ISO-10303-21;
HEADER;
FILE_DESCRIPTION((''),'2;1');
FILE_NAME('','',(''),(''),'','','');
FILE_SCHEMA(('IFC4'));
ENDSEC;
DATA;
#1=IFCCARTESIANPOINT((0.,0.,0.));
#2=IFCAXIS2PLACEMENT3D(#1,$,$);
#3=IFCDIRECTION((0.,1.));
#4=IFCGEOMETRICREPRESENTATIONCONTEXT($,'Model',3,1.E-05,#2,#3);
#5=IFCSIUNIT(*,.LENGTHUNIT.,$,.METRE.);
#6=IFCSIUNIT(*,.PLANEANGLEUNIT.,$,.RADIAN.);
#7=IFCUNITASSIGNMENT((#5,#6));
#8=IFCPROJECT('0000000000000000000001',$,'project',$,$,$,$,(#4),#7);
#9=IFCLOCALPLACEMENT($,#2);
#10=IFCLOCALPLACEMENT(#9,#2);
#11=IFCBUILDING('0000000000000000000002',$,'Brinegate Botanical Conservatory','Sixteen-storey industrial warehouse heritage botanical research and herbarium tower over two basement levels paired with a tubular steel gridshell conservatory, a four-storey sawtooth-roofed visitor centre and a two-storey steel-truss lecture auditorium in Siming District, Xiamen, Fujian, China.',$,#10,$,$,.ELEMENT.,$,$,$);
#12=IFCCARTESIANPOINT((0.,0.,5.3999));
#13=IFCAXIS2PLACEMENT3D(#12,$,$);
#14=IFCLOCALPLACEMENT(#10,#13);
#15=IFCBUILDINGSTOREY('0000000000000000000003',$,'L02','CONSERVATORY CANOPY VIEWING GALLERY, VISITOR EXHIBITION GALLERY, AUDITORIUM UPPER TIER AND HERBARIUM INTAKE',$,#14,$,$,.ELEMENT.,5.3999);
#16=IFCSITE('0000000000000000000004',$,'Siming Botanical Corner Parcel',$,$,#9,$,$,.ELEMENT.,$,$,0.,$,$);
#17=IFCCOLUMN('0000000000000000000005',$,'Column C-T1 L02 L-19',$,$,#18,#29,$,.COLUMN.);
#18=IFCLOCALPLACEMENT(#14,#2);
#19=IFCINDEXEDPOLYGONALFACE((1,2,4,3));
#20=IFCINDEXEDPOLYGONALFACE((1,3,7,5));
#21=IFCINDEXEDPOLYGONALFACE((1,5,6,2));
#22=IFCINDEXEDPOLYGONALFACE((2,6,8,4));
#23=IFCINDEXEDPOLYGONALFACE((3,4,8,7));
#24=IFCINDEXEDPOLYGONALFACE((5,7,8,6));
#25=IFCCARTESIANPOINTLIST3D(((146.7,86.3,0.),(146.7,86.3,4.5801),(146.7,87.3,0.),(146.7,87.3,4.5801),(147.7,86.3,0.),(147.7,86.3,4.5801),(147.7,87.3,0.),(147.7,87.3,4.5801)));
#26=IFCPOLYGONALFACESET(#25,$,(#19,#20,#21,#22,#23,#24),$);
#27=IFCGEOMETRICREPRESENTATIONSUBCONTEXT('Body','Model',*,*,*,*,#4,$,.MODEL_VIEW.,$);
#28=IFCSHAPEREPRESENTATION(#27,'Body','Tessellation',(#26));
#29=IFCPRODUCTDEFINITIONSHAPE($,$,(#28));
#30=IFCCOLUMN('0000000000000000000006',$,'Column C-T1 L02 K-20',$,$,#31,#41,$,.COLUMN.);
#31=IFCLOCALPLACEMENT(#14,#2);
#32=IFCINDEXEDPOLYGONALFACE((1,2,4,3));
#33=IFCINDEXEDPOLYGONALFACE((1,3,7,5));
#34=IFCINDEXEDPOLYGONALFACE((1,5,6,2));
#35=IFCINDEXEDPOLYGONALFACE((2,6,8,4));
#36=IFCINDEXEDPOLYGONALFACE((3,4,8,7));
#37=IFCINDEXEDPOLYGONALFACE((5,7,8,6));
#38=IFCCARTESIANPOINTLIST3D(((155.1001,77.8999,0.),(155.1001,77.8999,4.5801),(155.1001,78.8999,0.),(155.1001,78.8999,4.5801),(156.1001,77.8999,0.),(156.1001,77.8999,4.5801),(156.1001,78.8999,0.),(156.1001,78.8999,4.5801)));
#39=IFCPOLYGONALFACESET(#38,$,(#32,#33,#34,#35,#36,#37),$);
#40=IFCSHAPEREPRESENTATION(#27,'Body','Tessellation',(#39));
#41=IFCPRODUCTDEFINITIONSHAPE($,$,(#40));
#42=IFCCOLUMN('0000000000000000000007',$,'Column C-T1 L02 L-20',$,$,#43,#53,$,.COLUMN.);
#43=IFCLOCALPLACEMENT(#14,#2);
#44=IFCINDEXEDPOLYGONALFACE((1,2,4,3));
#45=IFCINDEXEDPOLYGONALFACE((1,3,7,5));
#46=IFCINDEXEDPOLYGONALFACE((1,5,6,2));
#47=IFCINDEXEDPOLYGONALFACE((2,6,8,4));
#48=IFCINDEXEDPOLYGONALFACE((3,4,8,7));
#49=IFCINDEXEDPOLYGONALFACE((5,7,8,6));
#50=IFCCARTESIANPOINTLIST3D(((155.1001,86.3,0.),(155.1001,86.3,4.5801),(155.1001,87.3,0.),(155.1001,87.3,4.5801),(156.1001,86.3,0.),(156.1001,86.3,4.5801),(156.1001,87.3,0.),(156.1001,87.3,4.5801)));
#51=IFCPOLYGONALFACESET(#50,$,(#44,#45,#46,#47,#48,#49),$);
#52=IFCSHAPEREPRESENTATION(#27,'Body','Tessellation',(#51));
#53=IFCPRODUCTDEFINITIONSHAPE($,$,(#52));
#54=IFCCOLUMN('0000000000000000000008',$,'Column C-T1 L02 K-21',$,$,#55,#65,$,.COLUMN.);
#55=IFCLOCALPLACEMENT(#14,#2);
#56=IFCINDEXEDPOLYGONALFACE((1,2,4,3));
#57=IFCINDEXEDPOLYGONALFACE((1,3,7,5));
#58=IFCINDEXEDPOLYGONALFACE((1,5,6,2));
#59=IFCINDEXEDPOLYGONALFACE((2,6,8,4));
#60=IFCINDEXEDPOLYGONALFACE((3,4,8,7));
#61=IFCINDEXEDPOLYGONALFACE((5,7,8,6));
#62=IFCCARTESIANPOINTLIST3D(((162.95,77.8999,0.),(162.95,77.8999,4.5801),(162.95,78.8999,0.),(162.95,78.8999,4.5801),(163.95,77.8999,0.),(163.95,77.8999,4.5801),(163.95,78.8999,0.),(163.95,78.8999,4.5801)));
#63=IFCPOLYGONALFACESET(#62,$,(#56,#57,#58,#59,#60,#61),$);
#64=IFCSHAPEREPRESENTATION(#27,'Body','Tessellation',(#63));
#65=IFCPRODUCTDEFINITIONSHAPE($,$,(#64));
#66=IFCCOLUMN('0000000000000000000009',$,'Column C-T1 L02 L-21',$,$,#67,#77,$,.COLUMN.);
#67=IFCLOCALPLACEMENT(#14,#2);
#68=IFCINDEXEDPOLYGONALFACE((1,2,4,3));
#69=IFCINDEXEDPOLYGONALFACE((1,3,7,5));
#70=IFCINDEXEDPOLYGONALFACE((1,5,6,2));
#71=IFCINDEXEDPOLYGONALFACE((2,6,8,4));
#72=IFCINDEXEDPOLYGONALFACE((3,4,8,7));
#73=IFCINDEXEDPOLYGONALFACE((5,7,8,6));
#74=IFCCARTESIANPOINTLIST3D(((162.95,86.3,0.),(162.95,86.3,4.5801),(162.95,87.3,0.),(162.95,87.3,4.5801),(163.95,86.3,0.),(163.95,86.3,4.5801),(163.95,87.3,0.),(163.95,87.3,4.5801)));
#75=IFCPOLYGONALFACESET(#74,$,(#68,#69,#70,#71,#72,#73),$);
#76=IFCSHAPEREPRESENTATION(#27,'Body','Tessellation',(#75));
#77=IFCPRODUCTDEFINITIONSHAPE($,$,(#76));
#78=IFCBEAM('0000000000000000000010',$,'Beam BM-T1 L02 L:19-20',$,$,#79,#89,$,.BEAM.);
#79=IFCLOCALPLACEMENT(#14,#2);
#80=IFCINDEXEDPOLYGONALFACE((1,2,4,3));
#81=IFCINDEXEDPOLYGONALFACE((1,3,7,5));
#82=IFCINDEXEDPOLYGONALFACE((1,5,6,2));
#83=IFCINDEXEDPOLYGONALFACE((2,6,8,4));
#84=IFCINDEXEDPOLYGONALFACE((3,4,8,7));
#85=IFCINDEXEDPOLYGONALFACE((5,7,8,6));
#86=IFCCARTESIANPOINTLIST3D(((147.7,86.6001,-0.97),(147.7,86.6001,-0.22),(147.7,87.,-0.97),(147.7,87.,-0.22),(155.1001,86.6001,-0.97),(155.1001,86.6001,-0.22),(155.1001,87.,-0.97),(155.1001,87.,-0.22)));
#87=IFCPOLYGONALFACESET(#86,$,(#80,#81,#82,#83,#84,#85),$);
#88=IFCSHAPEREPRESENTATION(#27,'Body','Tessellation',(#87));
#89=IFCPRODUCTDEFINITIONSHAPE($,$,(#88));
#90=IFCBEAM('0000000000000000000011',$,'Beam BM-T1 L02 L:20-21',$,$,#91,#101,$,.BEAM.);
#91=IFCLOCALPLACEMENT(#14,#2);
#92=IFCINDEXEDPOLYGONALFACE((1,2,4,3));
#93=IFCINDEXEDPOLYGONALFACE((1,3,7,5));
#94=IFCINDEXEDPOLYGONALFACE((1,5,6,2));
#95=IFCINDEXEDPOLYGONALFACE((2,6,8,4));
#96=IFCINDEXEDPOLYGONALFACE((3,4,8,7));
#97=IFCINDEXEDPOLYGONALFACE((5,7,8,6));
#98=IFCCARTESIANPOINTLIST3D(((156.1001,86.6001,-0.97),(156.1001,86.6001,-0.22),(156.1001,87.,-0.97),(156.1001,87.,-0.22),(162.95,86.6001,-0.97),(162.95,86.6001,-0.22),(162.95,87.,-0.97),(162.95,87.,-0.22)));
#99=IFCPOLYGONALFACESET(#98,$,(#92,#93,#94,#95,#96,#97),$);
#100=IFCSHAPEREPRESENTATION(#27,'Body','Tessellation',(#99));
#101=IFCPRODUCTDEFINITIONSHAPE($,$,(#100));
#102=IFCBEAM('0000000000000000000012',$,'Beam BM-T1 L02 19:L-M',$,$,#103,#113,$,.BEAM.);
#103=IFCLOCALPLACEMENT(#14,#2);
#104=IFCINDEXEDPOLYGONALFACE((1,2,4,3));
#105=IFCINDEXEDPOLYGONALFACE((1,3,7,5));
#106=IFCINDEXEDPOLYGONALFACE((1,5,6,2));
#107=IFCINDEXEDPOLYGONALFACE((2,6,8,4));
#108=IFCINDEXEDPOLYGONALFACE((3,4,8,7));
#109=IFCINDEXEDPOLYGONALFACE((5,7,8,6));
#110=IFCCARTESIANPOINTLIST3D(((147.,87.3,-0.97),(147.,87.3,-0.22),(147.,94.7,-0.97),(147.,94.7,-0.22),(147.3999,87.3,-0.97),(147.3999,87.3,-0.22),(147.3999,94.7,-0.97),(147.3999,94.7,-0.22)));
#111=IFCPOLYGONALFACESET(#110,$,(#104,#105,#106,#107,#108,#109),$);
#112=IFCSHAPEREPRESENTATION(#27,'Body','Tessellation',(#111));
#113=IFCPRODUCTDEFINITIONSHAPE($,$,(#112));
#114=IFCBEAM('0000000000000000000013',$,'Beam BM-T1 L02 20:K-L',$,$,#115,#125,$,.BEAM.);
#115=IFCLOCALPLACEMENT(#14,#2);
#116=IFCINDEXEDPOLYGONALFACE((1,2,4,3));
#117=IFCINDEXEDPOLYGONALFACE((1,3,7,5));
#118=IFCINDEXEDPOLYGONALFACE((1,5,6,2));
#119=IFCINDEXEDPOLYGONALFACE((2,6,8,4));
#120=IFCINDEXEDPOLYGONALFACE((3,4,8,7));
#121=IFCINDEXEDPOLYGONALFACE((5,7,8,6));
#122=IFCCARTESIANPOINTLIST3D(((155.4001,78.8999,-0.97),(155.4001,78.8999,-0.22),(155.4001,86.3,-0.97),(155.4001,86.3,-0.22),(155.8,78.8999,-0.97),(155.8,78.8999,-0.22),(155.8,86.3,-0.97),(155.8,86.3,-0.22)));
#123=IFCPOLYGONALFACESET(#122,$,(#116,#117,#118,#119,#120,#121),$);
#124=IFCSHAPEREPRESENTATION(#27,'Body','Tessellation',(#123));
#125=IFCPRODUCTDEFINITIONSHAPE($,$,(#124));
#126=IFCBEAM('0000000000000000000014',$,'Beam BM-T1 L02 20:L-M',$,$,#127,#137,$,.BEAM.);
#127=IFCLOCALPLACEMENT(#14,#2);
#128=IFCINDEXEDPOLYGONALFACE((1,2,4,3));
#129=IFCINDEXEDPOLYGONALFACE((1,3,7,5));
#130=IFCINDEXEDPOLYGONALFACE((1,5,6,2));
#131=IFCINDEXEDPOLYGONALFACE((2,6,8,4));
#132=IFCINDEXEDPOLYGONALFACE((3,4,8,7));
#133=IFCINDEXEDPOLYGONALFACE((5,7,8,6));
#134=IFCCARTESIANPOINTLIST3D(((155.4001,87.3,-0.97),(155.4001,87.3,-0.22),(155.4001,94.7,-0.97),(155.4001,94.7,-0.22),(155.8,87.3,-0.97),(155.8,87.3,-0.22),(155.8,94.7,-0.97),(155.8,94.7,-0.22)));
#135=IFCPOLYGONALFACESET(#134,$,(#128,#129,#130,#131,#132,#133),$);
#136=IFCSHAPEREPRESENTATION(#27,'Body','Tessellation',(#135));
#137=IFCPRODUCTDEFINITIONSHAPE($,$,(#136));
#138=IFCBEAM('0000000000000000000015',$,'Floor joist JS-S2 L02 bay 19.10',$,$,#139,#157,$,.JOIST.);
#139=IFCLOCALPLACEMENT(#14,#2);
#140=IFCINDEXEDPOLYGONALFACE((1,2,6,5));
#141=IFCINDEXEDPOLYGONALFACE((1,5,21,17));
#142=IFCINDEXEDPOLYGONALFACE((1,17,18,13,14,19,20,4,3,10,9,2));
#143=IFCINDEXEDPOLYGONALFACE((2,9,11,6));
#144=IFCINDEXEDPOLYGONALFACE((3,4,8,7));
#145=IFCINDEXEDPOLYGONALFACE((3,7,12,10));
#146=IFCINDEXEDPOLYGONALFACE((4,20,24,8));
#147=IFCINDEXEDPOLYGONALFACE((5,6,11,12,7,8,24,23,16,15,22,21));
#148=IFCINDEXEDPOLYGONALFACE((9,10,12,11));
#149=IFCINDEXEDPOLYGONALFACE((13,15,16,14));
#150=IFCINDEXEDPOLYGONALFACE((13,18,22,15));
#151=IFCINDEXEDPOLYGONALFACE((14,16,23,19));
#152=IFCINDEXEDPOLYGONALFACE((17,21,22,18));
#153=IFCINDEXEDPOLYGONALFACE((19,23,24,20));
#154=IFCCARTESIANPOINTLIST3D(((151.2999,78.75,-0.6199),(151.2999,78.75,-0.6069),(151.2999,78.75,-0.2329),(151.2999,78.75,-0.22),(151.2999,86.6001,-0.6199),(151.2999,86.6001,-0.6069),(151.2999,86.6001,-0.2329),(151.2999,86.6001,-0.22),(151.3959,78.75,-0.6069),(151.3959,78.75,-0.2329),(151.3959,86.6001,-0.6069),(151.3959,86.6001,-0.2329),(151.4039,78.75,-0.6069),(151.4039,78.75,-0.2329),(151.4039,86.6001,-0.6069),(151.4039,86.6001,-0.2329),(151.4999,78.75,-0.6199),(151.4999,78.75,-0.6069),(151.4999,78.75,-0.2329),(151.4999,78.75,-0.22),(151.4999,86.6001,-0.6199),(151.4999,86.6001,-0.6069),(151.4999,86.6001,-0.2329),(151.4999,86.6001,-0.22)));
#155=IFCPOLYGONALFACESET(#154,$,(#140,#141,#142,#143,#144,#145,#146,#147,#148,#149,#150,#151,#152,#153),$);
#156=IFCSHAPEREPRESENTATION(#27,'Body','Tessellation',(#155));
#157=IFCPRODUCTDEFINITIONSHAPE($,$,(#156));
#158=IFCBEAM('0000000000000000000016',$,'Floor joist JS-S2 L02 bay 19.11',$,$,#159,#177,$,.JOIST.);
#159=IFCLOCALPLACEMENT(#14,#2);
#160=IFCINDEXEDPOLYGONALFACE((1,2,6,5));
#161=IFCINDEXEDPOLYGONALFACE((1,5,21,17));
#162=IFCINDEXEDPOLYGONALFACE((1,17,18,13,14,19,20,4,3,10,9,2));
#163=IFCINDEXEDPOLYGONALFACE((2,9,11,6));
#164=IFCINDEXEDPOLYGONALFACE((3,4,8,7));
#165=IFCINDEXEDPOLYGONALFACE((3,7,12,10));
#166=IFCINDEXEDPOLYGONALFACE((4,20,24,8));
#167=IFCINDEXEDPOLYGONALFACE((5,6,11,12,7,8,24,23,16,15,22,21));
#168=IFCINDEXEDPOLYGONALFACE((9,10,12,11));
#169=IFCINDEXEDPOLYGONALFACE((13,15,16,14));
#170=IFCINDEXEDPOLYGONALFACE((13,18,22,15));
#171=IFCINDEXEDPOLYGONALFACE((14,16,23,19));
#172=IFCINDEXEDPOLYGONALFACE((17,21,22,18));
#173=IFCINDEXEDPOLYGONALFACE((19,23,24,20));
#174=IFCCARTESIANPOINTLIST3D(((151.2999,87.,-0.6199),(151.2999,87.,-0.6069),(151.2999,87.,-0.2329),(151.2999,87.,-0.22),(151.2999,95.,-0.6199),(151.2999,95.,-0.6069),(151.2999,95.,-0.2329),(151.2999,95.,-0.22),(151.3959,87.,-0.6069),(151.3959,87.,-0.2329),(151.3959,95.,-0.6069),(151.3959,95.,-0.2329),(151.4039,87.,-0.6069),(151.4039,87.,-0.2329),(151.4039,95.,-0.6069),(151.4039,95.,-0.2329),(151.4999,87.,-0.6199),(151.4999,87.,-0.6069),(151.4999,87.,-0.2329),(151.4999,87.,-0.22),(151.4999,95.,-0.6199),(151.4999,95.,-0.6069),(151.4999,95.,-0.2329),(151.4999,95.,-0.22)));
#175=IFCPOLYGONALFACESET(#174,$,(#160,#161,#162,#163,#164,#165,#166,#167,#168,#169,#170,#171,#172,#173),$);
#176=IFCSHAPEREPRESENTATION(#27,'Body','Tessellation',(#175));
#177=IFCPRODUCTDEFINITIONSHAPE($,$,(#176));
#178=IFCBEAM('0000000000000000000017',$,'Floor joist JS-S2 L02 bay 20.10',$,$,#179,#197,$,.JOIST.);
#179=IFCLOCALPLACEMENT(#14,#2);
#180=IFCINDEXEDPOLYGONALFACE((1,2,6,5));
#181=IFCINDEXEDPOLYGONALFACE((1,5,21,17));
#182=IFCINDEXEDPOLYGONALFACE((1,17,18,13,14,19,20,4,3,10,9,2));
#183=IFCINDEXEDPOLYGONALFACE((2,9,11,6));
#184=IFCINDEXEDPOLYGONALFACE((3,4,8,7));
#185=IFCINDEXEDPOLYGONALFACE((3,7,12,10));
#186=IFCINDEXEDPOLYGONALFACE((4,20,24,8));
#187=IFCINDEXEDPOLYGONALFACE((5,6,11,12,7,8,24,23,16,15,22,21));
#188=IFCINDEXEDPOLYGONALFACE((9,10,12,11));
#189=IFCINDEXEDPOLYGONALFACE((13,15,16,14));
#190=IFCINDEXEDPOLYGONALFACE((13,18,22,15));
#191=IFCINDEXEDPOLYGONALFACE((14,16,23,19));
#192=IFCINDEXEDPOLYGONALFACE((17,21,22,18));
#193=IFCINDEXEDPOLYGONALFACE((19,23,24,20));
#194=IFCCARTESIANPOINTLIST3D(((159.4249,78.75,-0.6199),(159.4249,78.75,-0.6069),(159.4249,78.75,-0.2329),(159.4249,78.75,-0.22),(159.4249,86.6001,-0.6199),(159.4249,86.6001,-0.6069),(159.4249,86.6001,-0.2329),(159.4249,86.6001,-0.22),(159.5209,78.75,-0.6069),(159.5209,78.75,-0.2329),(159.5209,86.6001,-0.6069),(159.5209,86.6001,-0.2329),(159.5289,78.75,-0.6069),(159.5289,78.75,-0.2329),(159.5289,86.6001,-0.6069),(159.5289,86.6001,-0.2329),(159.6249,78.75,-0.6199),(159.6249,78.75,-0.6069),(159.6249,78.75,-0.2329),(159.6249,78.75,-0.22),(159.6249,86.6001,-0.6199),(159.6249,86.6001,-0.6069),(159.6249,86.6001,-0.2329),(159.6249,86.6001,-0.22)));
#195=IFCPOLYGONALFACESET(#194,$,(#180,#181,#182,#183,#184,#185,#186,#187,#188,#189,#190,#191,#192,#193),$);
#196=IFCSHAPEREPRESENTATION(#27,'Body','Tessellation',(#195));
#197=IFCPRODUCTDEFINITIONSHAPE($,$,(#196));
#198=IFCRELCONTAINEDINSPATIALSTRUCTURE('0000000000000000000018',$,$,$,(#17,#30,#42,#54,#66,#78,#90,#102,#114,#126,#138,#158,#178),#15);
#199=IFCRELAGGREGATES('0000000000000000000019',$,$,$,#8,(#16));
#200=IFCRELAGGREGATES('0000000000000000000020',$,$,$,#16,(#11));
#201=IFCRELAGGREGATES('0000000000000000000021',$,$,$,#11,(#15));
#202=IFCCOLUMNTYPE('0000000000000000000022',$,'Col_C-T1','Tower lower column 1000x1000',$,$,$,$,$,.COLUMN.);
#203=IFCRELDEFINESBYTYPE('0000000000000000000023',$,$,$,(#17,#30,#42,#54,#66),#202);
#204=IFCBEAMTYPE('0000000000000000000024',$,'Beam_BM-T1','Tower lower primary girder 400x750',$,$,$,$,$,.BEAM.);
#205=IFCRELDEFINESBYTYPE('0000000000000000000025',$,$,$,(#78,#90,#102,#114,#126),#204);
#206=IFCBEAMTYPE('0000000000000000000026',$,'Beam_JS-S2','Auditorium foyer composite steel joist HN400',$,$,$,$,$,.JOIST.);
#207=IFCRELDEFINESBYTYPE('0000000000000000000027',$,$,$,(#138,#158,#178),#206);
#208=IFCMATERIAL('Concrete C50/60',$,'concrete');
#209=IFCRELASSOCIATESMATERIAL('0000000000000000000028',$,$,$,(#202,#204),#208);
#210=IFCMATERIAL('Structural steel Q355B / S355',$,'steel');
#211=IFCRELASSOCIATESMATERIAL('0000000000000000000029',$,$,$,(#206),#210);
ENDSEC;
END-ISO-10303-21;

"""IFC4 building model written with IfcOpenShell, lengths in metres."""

from ifc_helpers import new_model, si_unit, direction, frame, origin, origin_2d, place, context, subcontext, project, spatial, rectangle, i_section, extrude, material, material_profile, profile_set, type_object, element, save


model = new_model("IFC4")

# Units and contexts
model_context = context("Model", 3, precision=1e-05, world=origin(), true_north=direction((0.0, 1.0)))
body_context = subcontext(model_context, "Body", "Model", "MODEL_VIEW")
ifc_project = project(units=[si_unit("LENGTHUNIT", "METRE"), si_unit("PLANEANGLEUNIT", "RADIAN")], contexts=[model_context])

# Site, building, storey
site_placement = place(None, origin())
site = spatial("IfcSite", under=ifc_project, at=site_placement, Name="Siming Botanical Corner Parcel", CompositionType="ELEMENT", RefElevation=0.0)
building_placement = place(site_placement, origin())
building = spatial("IfcBuilding", under=site, at=building_placement, Name="Brinegate Botanical Conservatory", Description="Sixteen-storey industrial warehouse heritage botanical research and herbarium tower over two basement levels paired with a tubular steel gridshell conservatory, a four-storey sawtooth-roofed visitor centre and a two-storey steel-truss lecture auditorium in Siming District, Xiamen, Fujian, China.", CompositionType="ELEMENT")
storey_placement = place(building_placement, frame((0.0, 0.0, 5.3999)))
storey = spatial("IfcBuildingStorey", under=building, at=storey_placement, Name="L02", Description="CONSERVATORY CANOPY VIEWING GALLERY, VISITOR EXHIBITION GALLERY, AUDITORIUM UPPER TIER AND HERBARIUM INTAKE", CompositionType="ELEMENT", Elevation=5.3999)

# Columns
ifc_material_1 = material(Name="Concrete C50/60", Category="concrete")
ifc_material_profile_1 = material_profile(ifc_material_1, rectangle(XDim=1.0, YDim=1.0, at=origin_2d()), Name="RC COL 1000x1000")
ifc_profile_set_1 = profile_set([ifc_material_profile_1], Name="Concrete C50/60")
column_type = type_object("IfcColumnType", Name="Col_C-T1", Description="Tower lower column 1000x1000", PredefinedType="COLUMN", material=ifc_profile_set_1)
for number, where, z_axis, x_axis, name in (
    (1, (147.2, 86.8, 0.0), (0.0, 0.0, 1.0), (1.0, 0.0, 0.0), "Column C-T1 L02 L-19"),
    (2, (155.6001, 78.3999, 0.0), (0.0, 0.0, 1.0), (1.0, 0.0, 0.0), "Column C-T1 L02 K-20"),
    (3, (155.6001, 86.8, 0.0), (0.0, 0.0, 1.0), (1.0, 0.0, 0.0), "Column C-T1 L02 L-20"),
    (4, (163.45, 78.3999, 0.0), (0.0, 0.0, 1.0), (1.0, 0.0, 0.0), "Column C-T1 L02 K-21"),
    (5, (163.45, 86.8, 0.0), (0.0, 0.0, 1.0), (1.0, 0.0, 0.0), "Column C-T1 L02 L-21"),
):
    element("IfcColumn", number, at=place(storey_placement, frame(where, z_axis=z_axis, x_axis=x_axis)), inside=storey, type_object=column_type, Name=name, PredefinedType="COLUMN", context=body_context, shape_type="SweptSolid", body=[
        extrude(rectangle(XDim=1.0, YDim=1.0, at=origin_2d()), origin(), (0.0, 0.0, 1.0), 4.5801),
    ])

# Beams
ifc_material_profile_2 = material_profile(ifc_material_1, rectangle(XDim=0.3999, YDim=0.75, at=origin_2d()), Name="RC BM 400x750")
ifc_profile_set_2 = profile_set([ifc_material_profile_2], Name="Concrete C50/60")
beam_type_1 = type_object("IfcBeamType", Name="Beam_BM-T1", Description="Tower lower primary girder 400x750", PredefinedType="BEAM", material=ifc_profile_set_2)
beam_1_placement = place(storey_placement, frame((147.7, 86.8, -0.595), z_axis=(1.0, 0.0, 0.0), x_axis=(0.0, 1.0, 0.0)))
element("IfcBeam", 6, at=beam_1_placement, inside=storey, type_object=beam_type_1, Name="Beam BM-T1 L02 L:19-20", PredefinedType="BEAM", context=body_context, shape_type="SweptSolid", body=[
    extrude(rectangle(XDim=0.3999, YDim=0.75, at=origin_2d()), origin(), (0.0, 0.0, 1.0), 7.4001),
])
beam_2_placement = place(storey_placement, frame((156.1001, 86.8, -0.595), z_axis=(1.0, 0.0, 0.0), x_axis=(0.0, 1.0, 0.0)))
element("IfcBeam", 7, at=beam_2_placement, inside=storey, type_object=beam_type_1, Name="Beam BM-T1 L02 L:20-21", PredefinedType="BEAM", context=body_context, shape_type="SweptSolid", body=[
    extrude(rectangle(XDim=0.3999, YDim=0.75, at=origin_2d()), origin(), (0.0, 0.0, 1.0), 6.8499),
])
beam_3_placement = place(storey_placement, frame((147.2, 87.3, -0.595), z_axis=(0.0, 1.0, 0.0), x_axis=(-1.0, 0.0, 0.0)))
element("IfcBeam", 8, at=beam_3_placement, inside=storey, type_object=beam_type_1, Name="Beam BM-T1 L02 19:L-M", PredefinedType="BEAM", context=body_context, shape_type="SweptSolid", body=[
    extrude(rectangle(XDim=0.3999, YDim=0.75, at=origin_2d()), origin(), (0.0, 0.0, 1.0), 7.3999),
])
beam_4_placement = place(storey_placement, frame((155.6001, 78.8999, -0.595), z_axis=(0.0, 1.0, 0.0), x_axis=(-1.0, 0.0, 0.0)))
element("IfcBeam", 9, at=beam_4_placement, inside=storey, type_object=beam_type_1, Name="Beam BM-T1 L02 20:K-L", PredefinedType="BEAM", context=body_context, shape_type="SweptSolid", body=[
    extrude(rectangle(XDim=0.3999, YDim=0.75, at=origin_2d()), origin(), (0.0, 0.0, 1.0), 7.4001),
])
beam_5_placement = place(storey_placement, frame((155.6001, 87.3, -0.595), z_axis=(0.0, 1.0, 0.0), x_axis=(-1.0, 0.0, 0.0)))
element("IfcBeam", 10, at=beam_5_placement, inside=storey, type_object=beam_type_1, Name="Beam BM-T1 L02 20:L-M", PredefinedType="BEAM", context=body_context, shape_type="SweptSolid", body=[
    extrude(rectangle(XDim=0.3999, YDim=0.75, at=origin_2d()), origin(), (0.0, 0.0, 1.0), 7.3999),
])
ifc_material_2 = material(Name="Structural steel Q355B / S355", Category="steel")
ifc_material_profile_3 = material_profile(ifc_material_2, i_section(OverallWidth=0.2, OverallDepth=0.3999, WebThickness=0.0081, FlangeThickness=0.0129, at=origin_2d()), Name="HN 400x200x8x13")
ifc_profile_set_3 = profile_set([ifc_material_profile_3], Name="Structural steel Q355B / S355")
beam_type_2 = type_object("IfcBeamType", Name="Beam_JS-S2", Description="Auditorium foyer composite steel joist HN400", PredefinedType="JOIST", material=ifc_profile_set_3)
beam_6_placement = place(storey_placement, frame((151.3999, 78.75, -0.4199), z_axis=(0.0, 1.0, 0.0), x_axis=(-1.0, 0.0, 0.0)))
element("IfcBeam", 11, at=beam_6_placement, inside=storey, type_object=beam_type_2, Name="Floor joist JS-S2 L02 bay 19.10", PredefinedType="JOIST", context=body_context, shape_type="SweptSolid", body=[
    extrude(i_section(OverallWidth=0.2, OverallDepth=0.3999, WebThickness=0.0081, FlangeThickness=0.0129, at=origin_2d()), origin(), (0.0, 0.0, 1.0), 7.8501),
])
beam_7_placement = place(storey_placement, frame((151.3999, 87.0, -0.4199), z_axis=(0.0, 1.0, 0.0), x_axis=(-1.0, 0.0, 0.0)))
element("IfcBeam", 12, at=beam_7_placement, inside=storey, type_object=beam_type_2, Name="Floor joist JS-S2 L02 bay 19.11", PredefinedType="JOIST", context=body_context, shape_type="SweptSolid", body=[
    extrude(i_section(OverallWidth=0.2, OverallDepth=0.3999, WebThickness=0.0081, FlangeThickness=0.0129, at=origin_2d()), origin(), (0.0, 0.0, 1.0), 8.0),
])
beam_8_placement = place(storey_placement, frame((159.5249, 78.75, -0.4199), z_axis=(0.0, 1.0, 0.0), x_axis=(-1.0, 0.0, 0.0)))
element("IfcBeam", 13, at=beam_8_placement, inside=storey, type_object=beam_type_2, Name="Floor joist JS-S2 L02 bay 20.10", PredefinedType="JOIST", context=body_context, shape_type="SweptSolid", body=[
    extrude(i_section(OverallWidth=0.2, OverallDepth=0.3999, WebThickness=0.0081, FlangeThickness=0.0129, at=origin_2d()), origin(), (0.0, 0.0, 1.0), 7.8501),
])

save(model, "model.ifc")
